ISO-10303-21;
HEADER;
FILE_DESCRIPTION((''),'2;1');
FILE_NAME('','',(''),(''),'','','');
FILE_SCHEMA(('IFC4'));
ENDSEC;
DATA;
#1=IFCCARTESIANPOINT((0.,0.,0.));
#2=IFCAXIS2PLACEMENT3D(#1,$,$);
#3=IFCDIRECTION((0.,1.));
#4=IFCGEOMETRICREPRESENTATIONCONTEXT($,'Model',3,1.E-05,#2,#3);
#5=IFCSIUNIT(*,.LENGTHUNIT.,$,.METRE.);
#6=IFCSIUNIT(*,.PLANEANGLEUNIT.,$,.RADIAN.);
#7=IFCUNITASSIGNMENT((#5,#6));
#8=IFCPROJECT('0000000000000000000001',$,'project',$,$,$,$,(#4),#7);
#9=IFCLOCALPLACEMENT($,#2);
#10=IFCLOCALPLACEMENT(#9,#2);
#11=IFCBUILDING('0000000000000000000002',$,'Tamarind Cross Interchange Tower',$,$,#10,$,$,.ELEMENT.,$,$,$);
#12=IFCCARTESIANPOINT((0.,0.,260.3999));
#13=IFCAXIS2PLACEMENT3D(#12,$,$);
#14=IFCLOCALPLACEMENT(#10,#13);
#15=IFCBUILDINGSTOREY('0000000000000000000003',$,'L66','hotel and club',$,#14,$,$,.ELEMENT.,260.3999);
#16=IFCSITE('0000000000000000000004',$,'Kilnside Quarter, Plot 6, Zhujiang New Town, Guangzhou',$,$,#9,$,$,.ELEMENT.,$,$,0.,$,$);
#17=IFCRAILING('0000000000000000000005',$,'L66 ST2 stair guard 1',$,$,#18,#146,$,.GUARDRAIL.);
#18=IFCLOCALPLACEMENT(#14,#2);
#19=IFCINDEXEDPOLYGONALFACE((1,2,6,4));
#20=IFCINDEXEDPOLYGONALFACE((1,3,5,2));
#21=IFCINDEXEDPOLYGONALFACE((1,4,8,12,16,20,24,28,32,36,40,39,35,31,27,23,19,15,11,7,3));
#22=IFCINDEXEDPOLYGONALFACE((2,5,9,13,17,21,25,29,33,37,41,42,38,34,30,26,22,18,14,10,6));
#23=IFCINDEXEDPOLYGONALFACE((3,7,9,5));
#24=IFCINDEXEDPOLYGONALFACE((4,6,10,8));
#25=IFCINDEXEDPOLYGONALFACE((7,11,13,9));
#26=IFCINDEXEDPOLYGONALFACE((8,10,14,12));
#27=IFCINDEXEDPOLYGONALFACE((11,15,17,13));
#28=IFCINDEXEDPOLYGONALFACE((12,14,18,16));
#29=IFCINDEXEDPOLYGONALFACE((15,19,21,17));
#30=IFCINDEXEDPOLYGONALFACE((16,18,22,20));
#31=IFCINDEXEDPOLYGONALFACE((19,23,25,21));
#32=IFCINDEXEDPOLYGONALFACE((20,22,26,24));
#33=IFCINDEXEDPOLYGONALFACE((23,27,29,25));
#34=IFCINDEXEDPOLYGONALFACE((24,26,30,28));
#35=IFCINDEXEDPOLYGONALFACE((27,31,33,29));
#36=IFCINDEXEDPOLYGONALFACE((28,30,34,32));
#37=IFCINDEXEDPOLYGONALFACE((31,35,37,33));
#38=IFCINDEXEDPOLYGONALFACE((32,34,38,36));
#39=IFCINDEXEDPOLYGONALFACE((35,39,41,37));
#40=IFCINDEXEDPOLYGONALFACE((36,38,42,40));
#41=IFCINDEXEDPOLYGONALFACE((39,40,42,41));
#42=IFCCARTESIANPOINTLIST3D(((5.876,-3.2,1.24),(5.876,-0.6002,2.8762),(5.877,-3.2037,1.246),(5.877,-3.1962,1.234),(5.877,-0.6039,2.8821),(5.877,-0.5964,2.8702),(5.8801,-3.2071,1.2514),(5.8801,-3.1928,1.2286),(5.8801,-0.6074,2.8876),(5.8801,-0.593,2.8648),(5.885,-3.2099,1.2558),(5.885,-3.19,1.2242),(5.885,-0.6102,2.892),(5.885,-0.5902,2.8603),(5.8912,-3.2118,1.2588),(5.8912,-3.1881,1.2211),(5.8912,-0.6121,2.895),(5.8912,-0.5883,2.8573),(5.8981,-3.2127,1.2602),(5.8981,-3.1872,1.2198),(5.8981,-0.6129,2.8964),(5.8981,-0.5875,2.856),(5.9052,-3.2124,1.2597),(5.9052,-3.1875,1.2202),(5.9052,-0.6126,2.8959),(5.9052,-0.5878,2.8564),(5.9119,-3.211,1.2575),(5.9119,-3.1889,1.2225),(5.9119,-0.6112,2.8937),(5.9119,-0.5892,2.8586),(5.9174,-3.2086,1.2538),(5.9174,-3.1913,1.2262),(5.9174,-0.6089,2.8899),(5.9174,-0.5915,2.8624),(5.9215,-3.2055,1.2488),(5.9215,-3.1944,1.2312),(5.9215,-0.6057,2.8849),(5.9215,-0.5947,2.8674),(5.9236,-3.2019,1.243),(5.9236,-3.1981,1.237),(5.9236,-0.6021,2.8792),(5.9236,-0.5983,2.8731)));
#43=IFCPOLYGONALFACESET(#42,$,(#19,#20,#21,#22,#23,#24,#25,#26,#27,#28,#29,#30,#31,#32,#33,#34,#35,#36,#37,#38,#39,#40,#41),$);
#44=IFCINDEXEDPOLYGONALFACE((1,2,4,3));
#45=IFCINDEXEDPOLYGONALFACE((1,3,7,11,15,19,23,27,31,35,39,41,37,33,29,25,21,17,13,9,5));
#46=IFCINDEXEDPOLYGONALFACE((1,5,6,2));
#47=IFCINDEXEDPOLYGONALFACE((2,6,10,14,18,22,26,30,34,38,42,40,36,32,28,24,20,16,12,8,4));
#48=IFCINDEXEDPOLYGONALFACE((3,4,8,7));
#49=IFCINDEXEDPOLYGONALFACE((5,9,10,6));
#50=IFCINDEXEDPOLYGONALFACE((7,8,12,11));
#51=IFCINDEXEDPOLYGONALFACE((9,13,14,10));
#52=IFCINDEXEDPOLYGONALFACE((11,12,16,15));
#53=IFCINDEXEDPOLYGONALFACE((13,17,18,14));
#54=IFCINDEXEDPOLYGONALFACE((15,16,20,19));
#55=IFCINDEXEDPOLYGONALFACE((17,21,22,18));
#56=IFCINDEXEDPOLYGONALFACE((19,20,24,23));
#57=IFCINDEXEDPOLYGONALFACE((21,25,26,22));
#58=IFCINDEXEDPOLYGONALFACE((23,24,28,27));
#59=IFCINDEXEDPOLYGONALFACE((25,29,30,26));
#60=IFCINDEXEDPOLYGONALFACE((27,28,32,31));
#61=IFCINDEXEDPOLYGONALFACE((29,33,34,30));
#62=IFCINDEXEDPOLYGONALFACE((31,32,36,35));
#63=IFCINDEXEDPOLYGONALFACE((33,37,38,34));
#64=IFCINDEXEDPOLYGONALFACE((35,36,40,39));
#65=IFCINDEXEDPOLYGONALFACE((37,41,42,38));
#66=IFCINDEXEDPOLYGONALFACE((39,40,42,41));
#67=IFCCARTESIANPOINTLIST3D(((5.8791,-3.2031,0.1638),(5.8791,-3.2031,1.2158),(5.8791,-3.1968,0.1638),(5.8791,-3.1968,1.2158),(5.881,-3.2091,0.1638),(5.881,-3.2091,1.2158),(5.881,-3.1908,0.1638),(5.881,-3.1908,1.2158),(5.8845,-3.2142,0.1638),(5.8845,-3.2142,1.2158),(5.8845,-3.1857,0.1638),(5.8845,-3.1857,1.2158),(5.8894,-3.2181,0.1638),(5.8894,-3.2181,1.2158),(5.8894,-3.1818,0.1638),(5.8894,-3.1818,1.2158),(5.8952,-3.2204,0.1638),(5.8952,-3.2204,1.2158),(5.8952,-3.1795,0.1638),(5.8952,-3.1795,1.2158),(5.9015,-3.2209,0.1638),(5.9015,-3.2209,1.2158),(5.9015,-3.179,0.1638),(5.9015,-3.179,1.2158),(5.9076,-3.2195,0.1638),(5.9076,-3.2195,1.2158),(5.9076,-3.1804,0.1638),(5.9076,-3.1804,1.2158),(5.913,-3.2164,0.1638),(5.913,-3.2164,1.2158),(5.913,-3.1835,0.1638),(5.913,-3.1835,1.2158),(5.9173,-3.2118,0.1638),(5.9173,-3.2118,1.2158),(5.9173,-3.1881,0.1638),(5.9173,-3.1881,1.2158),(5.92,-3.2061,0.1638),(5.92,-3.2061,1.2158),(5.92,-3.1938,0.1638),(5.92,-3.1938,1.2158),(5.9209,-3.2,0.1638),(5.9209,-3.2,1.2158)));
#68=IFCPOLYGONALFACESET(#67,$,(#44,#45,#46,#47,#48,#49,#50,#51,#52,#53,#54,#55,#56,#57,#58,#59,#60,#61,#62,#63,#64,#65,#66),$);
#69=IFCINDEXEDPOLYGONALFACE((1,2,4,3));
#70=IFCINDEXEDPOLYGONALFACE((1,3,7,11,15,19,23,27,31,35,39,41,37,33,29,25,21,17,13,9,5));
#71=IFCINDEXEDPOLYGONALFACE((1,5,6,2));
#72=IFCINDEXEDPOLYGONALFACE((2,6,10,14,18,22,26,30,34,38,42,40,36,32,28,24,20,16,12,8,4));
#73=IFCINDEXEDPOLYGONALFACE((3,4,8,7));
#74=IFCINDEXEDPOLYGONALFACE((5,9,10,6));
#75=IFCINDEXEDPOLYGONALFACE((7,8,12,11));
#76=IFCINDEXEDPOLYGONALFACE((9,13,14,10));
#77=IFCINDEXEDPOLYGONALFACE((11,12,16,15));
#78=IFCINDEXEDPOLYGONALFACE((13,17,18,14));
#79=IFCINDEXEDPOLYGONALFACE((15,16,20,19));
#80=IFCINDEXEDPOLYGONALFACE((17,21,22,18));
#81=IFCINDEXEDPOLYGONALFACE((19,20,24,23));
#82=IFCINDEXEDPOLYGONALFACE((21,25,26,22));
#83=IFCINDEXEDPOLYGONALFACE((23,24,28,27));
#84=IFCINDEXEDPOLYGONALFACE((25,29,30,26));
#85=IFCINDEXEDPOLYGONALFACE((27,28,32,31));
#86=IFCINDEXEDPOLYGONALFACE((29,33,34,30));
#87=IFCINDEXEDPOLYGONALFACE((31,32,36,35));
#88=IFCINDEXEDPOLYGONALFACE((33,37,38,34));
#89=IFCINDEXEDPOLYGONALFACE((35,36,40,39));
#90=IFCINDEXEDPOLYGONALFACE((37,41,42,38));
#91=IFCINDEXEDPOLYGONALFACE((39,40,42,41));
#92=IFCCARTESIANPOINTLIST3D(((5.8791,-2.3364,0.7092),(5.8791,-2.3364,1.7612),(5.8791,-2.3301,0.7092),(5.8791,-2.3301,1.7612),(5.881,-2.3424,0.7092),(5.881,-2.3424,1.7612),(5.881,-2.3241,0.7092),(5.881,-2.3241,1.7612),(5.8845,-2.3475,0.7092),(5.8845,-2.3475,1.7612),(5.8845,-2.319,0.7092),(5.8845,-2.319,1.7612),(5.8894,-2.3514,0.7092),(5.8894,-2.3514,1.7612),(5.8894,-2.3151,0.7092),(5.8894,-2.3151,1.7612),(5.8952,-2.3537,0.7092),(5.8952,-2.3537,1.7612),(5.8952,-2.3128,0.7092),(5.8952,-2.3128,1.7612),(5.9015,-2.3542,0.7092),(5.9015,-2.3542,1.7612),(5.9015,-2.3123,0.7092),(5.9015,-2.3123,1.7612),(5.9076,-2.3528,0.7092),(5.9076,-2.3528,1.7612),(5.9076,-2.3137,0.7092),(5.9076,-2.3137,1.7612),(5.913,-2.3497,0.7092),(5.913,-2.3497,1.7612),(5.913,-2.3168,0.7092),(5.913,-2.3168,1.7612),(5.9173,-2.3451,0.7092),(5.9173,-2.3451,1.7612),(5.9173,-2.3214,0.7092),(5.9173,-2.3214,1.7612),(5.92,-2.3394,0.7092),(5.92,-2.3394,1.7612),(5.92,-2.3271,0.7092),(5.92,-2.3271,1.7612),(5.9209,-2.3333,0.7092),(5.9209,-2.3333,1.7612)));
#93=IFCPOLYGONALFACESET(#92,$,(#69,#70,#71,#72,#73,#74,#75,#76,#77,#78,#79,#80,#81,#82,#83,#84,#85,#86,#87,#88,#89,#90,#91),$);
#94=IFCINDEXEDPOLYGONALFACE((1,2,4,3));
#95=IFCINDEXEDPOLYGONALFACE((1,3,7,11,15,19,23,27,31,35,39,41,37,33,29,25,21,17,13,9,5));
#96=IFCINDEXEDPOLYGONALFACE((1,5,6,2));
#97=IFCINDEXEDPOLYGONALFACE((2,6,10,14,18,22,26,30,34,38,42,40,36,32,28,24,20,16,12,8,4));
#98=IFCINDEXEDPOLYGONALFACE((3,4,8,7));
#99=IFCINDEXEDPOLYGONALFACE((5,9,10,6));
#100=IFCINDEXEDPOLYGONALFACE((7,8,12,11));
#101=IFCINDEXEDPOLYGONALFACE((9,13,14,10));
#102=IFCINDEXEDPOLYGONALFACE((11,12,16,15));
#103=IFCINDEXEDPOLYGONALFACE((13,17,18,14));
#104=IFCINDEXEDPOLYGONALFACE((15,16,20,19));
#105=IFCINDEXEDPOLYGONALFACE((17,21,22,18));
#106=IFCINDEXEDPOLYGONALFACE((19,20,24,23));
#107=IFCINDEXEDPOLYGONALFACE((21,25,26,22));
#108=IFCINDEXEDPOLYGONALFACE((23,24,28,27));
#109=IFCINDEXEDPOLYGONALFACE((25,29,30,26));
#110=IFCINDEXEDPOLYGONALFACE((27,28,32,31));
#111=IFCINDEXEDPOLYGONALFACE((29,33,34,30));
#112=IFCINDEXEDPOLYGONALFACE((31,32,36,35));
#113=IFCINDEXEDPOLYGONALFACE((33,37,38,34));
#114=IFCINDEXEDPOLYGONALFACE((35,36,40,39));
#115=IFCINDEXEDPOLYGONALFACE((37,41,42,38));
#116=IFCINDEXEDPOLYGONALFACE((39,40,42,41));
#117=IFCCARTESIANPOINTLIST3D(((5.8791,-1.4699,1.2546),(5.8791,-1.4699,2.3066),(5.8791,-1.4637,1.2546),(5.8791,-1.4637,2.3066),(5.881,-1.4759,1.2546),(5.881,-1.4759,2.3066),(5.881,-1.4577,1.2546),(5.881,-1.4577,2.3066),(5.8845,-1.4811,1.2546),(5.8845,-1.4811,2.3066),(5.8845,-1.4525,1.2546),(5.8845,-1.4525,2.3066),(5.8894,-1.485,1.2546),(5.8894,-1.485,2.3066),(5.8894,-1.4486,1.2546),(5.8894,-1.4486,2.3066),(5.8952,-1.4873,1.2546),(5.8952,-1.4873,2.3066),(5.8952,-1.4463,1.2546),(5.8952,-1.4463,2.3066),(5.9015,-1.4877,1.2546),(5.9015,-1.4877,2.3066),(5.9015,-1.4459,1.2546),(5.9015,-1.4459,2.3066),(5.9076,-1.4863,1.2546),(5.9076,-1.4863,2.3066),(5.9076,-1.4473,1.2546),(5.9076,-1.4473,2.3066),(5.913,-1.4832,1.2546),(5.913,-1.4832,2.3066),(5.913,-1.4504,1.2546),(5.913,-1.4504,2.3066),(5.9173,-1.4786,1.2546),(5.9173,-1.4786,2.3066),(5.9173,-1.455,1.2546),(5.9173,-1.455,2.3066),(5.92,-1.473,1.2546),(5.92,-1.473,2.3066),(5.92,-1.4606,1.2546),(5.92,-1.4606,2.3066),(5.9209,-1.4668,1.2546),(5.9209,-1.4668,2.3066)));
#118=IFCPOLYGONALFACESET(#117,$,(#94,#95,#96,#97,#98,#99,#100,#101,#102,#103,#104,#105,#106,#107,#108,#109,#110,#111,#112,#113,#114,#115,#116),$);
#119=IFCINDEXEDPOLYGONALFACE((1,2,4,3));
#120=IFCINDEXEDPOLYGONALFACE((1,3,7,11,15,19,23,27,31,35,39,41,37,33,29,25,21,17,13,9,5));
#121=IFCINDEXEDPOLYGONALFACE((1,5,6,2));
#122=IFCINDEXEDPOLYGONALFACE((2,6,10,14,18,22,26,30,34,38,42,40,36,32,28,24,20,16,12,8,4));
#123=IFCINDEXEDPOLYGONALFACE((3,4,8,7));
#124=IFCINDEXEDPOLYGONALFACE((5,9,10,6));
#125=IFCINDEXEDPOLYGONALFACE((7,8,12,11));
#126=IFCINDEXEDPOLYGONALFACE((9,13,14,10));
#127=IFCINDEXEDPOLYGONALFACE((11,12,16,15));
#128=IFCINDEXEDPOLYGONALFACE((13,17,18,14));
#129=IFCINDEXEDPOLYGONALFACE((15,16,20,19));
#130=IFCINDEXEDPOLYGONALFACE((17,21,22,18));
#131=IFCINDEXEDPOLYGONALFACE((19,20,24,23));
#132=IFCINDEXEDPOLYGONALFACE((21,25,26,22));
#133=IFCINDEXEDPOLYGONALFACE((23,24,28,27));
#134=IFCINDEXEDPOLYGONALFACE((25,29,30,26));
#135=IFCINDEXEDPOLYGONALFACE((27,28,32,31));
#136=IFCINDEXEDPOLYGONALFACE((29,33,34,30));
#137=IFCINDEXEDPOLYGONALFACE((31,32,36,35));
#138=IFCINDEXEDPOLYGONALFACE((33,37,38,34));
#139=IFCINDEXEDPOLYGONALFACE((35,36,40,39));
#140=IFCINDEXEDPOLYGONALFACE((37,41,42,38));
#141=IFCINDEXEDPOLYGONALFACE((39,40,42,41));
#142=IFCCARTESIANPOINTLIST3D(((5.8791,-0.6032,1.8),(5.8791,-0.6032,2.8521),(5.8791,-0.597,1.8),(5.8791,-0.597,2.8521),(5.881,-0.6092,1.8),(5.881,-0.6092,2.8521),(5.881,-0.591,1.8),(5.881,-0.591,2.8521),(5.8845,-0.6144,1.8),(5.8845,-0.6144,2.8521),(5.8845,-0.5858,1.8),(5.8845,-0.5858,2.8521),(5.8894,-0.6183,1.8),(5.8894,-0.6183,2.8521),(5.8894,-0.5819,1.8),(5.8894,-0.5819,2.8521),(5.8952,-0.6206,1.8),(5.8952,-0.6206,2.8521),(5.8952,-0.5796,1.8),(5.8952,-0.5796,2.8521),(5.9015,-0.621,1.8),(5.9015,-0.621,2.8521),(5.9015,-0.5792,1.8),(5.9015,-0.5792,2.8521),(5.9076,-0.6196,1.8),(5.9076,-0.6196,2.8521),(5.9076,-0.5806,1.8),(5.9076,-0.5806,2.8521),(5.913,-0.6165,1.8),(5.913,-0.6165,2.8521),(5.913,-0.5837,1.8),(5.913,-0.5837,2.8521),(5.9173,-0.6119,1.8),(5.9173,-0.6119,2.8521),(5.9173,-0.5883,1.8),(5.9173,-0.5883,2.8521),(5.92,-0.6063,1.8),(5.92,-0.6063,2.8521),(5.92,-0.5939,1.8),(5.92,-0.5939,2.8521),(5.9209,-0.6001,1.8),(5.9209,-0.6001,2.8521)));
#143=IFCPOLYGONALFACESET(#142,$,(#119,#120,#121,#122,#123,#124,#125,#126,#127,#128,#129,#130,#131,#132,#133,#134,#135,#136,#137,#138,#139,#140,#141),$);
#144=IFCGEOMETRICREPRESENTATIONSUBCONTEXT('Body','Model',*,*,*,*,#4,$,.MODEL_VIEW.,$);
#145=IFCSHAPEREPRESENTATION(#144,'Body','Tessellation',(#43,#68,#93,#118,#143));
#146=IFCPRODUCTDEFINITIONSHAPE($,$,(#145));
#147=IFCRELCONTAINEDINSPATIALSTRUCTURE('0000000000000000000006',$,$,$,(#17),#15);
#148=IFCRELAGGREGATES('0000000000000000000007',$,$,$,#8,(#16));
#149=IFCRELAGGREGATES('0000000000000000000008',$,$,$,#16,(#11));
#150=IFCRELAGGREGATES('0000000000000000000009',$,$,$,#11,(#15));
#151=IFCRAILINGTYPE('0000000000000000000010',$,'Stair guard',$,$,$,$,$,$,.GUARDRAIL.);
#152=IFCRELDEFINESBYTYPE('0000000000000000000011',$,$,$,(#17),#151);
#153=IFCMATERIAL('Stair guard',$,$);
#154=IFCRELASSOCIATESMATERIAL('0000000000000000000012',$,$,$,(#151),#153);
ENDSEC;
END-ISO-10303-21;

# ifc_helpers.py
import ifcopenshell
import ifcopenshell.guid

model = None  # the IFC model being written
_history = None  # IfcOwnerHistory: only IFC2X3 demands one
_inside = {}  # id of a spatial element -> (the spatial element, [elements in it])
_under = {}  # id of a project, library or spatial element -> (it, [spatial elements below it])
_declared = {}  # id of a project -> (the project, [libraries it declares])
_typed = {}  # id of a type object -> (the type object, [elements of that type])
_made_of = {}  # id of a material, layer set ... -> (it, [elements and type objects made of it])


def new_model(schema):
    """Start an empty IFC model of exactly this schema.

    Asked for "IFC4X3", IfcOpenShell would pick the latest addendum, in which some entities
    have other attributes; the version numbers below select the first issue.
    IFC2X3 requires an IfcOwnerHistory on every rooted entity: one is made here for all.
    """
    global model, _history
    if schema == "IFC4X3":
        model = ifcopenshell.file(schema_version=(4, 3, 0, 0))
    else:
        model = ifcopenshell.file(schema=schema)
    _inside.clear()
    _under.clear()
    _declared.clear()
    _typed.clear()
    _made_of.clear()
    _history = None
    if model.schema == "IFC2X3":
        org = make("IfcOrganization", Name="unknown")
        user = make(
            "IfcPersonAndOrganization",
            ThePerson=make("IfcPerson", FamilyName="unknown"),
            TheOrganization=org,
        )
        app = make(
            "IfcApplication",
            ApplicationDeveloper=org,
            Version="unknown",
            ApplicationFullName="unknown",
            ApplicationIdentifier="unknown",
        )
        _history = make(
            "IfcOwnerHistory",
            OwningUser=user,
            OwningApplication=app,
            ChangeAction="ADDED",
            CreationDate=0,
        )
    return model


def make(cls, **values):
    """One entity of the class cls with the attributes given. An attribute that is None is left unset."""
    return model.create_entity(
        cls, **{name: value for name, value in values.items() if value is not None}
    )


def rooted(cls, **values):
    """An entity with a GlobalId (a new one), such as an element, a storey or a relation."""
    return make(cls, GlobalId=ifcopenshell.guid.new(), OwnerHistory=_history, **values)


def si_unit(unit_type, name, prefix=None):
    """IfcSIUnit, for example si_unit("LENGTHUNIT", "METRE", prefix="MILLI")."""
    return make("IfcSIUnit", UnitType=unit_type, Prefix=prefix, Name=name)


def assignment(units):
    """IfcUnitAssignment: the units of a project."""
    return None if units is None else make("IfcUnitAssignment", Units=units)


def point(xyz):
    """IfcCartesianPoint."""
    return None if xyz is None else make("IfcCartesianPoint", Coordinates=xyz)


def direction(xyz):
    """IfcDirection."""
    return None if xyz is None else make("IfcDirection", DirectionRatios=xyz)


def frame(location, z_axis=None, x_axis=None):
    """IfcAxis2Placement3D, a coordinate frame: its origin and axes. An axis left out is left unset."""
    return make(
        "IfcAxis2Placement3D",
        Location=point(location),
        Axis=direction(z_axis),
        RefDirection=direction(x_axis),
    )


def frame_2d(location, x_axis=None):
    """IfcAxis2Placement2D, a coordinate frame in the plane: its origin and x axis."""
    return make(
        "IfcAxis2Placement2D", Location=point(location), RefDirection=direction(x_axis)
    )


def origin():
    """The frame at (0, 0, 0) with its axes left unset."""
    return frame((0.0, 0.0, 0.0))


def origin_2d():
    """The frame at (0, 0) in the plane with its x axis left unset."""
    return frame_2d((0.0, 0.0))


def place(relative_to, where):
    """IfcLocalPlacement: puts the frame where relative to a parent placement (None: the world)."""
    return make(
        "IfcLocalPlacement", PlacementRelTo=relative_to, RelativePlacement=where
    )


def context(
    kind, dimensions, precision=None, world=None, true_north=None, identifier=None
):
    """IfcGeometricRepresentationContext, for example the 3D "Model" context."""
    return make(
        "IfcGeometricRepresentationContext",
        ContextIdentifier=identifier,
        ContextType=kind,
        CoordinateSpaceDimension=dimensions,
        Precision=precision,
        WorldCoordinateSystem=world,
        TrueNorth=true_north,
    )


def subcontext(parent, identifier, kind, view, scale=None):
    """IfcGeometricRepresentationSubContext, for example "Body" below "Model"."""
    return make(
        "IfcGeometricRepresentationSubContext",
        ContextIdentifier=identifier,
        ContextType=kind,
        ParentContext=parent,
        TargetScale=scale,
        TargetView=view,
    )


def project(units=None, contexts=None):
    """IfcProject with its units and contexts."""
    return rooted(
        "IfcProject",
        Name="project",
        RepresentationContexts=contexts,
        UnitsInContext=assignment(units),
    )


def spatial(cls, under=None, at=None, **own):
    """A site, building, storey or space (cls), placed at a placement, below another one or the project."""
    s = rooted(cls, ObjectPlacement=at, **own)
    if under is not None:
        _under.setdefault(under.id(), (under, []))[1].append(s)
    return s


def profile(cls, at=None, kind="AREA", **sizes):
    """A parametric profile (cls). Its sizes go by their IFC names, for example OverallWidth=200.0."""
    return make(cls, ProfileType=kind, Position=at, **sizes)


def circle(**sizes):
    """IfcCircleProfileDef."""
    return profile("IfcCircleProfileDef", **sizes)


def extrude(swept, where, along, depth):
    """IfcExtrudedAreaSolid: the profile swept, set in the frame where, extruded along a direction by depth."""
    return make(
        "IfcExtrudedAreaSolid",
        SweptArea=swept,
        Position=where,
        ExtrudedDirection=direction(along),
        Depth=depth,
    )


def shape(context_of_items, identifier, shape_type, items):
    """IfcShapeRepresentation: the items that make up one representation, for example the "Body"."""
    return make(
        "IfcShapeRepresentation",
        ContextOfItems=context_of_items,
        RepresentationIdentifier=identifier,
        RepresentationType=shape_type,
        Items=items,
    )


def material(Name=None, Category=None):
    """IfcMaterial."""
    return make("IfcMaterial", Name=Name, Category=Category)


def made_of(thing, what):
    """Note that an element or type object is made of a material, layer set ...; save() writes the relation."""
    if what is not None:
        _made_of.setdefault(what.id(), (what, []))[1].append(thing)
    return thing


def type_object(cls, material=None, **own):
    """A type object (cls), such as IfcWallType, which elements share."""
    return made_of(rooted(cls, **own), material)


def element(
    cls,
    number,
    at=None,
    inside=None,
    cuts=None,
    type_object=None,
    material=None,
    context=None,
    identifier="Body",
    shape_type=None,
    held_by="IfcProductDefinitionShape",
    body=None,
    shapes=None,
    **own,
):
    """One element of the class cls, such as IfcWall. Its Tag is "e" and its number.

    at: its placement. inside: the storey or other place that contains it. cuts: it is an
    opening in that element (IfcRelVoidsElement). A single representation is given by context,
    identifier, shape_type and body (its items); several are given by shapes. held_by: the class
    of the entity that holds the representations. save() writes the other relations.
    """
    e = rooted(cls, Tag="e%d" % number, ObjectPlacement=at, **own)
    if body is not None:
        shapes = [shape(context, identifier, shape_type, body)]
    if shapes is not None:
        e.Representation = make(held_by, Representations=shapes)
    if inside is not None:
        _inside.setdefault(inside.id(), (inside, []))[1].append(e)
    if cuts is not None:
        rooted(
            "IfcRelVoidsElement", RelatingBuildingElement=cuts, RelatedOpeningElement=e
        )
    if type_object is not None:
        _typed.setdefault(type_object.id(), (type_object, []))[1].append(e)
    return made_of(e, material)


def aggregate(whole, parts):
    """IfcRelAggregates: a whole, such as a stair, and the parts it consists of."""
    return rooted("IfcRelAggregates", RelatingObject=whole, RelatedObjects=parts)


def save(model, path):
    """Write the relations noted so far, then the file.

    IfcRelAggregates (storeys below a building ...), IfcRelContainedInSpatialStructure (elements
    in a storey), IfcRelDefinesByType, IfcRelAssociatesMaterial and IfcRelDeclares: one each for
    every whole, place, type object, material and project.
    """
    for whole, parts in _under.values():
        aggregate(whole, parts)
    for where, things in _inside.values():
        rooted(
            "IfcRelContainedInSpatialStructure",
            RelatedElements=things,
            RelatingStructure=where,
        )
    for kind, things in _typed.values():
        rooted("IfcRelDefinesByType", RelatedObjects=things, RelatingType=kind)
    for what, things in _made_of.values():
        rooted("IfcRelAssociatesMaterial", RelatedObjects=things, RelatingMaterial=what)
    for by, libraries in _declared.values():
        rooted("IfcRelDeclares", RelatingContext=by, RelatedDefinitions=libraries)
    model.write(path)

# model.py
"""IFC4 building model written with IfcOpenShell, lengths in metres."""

from ifc_helpers import new_model, si_unit, direction, frame, origin, origin_2d, place, context, subcontext, project, spatial, circle, extrude, material, type_object, element, save


model = new_model("IFC4")

# Units and contexts
model_context = context("Model", 3, precision=1e-05, world=origin(), true_north=direction((0.0, 1.0)))
body_context = subcontext(model_context, "Body", "Model", "MODEL_VIEW")
ifc_project = project(units=[si_unit("LENGTHUNIT", "METRE"), si_unit("PLANEANGLEUNIT", "RADIAN")], contexts=[model_context])

# Site, building, storey
site_placement = place(None, origin())
site = spatial("IfcSite", under=ifc_project, at=site_placement, Name="Kilnside Quarter, Plot 6, Zhujiang New Town, Guangzhou", CompositionType="ELEMENT", RefElevation=0.0)
building_placement = place(site_placement, origin())
building = spatial("IfcBuilding", under=site, at=building_placement, Name="Tamarind Cross Interchange Tower", CompositionType="ELEMENT")
storey_placement = place(building_placement, frame((0.0, 0.0, 260.3999)))
storey = spatial("IfcBuildingStorey", under=building, at=storey_placement, Name="L66", Description="hotel and club", CompositionType="ELEMENT", Elevation=260.3999)

# Railing
ifc_material_1 = material(Name="Stair guard")
railing_type_1 = type_object("IfcRailingType", Name="Stair guard", PredefinedType="GUARDRAIL", material=ifc_material_1)
railing_1_placement = place(storey_placement, frame((5.8999, -3.2, 0.1638)))
element("IfcRailing", 1, at=railing_1_placement, inside=storey, type_object=railing_type_1, Name="L66 ST2 stair guard 1", PredefinedType="GUARDRAIL", context=body_context, shape_type="SweptSolid", body=[
    extrude(circle(Radius=0.0239, at=origin_2d()), frame((0.0, 0.0, 1.0762), z_axis=(0.0, 0.846338, 0.532647), x_axis=(-1.0, 0.0, 0.0)), (0.0, 0.0, 1.0), 3.0718),
    extrude(circle(Radius=0.021, at=origin_2d()), origin(), (0.0, 0.0, 1.0), 1.052),
    extrude(circle(Radius=0.021, at=origin_2d()), frame((0.0, 0.8667, 0.5454)), (0.0, 0.0, 1.0), 1.052),
    extrude(circle(Radius=0.021, at=origin_2d()), frame((0.0, 1.7332, 1.0908)), (0.0, 0.0, 1.0), 1.052),
    extrude(circle(Radius=0.021, at=origin_2d()), frame((0.0, 2.5999, 1.6362)), (0.0, 0.0, 1.0), 1.052),
])

save(model, "model.ifc")
